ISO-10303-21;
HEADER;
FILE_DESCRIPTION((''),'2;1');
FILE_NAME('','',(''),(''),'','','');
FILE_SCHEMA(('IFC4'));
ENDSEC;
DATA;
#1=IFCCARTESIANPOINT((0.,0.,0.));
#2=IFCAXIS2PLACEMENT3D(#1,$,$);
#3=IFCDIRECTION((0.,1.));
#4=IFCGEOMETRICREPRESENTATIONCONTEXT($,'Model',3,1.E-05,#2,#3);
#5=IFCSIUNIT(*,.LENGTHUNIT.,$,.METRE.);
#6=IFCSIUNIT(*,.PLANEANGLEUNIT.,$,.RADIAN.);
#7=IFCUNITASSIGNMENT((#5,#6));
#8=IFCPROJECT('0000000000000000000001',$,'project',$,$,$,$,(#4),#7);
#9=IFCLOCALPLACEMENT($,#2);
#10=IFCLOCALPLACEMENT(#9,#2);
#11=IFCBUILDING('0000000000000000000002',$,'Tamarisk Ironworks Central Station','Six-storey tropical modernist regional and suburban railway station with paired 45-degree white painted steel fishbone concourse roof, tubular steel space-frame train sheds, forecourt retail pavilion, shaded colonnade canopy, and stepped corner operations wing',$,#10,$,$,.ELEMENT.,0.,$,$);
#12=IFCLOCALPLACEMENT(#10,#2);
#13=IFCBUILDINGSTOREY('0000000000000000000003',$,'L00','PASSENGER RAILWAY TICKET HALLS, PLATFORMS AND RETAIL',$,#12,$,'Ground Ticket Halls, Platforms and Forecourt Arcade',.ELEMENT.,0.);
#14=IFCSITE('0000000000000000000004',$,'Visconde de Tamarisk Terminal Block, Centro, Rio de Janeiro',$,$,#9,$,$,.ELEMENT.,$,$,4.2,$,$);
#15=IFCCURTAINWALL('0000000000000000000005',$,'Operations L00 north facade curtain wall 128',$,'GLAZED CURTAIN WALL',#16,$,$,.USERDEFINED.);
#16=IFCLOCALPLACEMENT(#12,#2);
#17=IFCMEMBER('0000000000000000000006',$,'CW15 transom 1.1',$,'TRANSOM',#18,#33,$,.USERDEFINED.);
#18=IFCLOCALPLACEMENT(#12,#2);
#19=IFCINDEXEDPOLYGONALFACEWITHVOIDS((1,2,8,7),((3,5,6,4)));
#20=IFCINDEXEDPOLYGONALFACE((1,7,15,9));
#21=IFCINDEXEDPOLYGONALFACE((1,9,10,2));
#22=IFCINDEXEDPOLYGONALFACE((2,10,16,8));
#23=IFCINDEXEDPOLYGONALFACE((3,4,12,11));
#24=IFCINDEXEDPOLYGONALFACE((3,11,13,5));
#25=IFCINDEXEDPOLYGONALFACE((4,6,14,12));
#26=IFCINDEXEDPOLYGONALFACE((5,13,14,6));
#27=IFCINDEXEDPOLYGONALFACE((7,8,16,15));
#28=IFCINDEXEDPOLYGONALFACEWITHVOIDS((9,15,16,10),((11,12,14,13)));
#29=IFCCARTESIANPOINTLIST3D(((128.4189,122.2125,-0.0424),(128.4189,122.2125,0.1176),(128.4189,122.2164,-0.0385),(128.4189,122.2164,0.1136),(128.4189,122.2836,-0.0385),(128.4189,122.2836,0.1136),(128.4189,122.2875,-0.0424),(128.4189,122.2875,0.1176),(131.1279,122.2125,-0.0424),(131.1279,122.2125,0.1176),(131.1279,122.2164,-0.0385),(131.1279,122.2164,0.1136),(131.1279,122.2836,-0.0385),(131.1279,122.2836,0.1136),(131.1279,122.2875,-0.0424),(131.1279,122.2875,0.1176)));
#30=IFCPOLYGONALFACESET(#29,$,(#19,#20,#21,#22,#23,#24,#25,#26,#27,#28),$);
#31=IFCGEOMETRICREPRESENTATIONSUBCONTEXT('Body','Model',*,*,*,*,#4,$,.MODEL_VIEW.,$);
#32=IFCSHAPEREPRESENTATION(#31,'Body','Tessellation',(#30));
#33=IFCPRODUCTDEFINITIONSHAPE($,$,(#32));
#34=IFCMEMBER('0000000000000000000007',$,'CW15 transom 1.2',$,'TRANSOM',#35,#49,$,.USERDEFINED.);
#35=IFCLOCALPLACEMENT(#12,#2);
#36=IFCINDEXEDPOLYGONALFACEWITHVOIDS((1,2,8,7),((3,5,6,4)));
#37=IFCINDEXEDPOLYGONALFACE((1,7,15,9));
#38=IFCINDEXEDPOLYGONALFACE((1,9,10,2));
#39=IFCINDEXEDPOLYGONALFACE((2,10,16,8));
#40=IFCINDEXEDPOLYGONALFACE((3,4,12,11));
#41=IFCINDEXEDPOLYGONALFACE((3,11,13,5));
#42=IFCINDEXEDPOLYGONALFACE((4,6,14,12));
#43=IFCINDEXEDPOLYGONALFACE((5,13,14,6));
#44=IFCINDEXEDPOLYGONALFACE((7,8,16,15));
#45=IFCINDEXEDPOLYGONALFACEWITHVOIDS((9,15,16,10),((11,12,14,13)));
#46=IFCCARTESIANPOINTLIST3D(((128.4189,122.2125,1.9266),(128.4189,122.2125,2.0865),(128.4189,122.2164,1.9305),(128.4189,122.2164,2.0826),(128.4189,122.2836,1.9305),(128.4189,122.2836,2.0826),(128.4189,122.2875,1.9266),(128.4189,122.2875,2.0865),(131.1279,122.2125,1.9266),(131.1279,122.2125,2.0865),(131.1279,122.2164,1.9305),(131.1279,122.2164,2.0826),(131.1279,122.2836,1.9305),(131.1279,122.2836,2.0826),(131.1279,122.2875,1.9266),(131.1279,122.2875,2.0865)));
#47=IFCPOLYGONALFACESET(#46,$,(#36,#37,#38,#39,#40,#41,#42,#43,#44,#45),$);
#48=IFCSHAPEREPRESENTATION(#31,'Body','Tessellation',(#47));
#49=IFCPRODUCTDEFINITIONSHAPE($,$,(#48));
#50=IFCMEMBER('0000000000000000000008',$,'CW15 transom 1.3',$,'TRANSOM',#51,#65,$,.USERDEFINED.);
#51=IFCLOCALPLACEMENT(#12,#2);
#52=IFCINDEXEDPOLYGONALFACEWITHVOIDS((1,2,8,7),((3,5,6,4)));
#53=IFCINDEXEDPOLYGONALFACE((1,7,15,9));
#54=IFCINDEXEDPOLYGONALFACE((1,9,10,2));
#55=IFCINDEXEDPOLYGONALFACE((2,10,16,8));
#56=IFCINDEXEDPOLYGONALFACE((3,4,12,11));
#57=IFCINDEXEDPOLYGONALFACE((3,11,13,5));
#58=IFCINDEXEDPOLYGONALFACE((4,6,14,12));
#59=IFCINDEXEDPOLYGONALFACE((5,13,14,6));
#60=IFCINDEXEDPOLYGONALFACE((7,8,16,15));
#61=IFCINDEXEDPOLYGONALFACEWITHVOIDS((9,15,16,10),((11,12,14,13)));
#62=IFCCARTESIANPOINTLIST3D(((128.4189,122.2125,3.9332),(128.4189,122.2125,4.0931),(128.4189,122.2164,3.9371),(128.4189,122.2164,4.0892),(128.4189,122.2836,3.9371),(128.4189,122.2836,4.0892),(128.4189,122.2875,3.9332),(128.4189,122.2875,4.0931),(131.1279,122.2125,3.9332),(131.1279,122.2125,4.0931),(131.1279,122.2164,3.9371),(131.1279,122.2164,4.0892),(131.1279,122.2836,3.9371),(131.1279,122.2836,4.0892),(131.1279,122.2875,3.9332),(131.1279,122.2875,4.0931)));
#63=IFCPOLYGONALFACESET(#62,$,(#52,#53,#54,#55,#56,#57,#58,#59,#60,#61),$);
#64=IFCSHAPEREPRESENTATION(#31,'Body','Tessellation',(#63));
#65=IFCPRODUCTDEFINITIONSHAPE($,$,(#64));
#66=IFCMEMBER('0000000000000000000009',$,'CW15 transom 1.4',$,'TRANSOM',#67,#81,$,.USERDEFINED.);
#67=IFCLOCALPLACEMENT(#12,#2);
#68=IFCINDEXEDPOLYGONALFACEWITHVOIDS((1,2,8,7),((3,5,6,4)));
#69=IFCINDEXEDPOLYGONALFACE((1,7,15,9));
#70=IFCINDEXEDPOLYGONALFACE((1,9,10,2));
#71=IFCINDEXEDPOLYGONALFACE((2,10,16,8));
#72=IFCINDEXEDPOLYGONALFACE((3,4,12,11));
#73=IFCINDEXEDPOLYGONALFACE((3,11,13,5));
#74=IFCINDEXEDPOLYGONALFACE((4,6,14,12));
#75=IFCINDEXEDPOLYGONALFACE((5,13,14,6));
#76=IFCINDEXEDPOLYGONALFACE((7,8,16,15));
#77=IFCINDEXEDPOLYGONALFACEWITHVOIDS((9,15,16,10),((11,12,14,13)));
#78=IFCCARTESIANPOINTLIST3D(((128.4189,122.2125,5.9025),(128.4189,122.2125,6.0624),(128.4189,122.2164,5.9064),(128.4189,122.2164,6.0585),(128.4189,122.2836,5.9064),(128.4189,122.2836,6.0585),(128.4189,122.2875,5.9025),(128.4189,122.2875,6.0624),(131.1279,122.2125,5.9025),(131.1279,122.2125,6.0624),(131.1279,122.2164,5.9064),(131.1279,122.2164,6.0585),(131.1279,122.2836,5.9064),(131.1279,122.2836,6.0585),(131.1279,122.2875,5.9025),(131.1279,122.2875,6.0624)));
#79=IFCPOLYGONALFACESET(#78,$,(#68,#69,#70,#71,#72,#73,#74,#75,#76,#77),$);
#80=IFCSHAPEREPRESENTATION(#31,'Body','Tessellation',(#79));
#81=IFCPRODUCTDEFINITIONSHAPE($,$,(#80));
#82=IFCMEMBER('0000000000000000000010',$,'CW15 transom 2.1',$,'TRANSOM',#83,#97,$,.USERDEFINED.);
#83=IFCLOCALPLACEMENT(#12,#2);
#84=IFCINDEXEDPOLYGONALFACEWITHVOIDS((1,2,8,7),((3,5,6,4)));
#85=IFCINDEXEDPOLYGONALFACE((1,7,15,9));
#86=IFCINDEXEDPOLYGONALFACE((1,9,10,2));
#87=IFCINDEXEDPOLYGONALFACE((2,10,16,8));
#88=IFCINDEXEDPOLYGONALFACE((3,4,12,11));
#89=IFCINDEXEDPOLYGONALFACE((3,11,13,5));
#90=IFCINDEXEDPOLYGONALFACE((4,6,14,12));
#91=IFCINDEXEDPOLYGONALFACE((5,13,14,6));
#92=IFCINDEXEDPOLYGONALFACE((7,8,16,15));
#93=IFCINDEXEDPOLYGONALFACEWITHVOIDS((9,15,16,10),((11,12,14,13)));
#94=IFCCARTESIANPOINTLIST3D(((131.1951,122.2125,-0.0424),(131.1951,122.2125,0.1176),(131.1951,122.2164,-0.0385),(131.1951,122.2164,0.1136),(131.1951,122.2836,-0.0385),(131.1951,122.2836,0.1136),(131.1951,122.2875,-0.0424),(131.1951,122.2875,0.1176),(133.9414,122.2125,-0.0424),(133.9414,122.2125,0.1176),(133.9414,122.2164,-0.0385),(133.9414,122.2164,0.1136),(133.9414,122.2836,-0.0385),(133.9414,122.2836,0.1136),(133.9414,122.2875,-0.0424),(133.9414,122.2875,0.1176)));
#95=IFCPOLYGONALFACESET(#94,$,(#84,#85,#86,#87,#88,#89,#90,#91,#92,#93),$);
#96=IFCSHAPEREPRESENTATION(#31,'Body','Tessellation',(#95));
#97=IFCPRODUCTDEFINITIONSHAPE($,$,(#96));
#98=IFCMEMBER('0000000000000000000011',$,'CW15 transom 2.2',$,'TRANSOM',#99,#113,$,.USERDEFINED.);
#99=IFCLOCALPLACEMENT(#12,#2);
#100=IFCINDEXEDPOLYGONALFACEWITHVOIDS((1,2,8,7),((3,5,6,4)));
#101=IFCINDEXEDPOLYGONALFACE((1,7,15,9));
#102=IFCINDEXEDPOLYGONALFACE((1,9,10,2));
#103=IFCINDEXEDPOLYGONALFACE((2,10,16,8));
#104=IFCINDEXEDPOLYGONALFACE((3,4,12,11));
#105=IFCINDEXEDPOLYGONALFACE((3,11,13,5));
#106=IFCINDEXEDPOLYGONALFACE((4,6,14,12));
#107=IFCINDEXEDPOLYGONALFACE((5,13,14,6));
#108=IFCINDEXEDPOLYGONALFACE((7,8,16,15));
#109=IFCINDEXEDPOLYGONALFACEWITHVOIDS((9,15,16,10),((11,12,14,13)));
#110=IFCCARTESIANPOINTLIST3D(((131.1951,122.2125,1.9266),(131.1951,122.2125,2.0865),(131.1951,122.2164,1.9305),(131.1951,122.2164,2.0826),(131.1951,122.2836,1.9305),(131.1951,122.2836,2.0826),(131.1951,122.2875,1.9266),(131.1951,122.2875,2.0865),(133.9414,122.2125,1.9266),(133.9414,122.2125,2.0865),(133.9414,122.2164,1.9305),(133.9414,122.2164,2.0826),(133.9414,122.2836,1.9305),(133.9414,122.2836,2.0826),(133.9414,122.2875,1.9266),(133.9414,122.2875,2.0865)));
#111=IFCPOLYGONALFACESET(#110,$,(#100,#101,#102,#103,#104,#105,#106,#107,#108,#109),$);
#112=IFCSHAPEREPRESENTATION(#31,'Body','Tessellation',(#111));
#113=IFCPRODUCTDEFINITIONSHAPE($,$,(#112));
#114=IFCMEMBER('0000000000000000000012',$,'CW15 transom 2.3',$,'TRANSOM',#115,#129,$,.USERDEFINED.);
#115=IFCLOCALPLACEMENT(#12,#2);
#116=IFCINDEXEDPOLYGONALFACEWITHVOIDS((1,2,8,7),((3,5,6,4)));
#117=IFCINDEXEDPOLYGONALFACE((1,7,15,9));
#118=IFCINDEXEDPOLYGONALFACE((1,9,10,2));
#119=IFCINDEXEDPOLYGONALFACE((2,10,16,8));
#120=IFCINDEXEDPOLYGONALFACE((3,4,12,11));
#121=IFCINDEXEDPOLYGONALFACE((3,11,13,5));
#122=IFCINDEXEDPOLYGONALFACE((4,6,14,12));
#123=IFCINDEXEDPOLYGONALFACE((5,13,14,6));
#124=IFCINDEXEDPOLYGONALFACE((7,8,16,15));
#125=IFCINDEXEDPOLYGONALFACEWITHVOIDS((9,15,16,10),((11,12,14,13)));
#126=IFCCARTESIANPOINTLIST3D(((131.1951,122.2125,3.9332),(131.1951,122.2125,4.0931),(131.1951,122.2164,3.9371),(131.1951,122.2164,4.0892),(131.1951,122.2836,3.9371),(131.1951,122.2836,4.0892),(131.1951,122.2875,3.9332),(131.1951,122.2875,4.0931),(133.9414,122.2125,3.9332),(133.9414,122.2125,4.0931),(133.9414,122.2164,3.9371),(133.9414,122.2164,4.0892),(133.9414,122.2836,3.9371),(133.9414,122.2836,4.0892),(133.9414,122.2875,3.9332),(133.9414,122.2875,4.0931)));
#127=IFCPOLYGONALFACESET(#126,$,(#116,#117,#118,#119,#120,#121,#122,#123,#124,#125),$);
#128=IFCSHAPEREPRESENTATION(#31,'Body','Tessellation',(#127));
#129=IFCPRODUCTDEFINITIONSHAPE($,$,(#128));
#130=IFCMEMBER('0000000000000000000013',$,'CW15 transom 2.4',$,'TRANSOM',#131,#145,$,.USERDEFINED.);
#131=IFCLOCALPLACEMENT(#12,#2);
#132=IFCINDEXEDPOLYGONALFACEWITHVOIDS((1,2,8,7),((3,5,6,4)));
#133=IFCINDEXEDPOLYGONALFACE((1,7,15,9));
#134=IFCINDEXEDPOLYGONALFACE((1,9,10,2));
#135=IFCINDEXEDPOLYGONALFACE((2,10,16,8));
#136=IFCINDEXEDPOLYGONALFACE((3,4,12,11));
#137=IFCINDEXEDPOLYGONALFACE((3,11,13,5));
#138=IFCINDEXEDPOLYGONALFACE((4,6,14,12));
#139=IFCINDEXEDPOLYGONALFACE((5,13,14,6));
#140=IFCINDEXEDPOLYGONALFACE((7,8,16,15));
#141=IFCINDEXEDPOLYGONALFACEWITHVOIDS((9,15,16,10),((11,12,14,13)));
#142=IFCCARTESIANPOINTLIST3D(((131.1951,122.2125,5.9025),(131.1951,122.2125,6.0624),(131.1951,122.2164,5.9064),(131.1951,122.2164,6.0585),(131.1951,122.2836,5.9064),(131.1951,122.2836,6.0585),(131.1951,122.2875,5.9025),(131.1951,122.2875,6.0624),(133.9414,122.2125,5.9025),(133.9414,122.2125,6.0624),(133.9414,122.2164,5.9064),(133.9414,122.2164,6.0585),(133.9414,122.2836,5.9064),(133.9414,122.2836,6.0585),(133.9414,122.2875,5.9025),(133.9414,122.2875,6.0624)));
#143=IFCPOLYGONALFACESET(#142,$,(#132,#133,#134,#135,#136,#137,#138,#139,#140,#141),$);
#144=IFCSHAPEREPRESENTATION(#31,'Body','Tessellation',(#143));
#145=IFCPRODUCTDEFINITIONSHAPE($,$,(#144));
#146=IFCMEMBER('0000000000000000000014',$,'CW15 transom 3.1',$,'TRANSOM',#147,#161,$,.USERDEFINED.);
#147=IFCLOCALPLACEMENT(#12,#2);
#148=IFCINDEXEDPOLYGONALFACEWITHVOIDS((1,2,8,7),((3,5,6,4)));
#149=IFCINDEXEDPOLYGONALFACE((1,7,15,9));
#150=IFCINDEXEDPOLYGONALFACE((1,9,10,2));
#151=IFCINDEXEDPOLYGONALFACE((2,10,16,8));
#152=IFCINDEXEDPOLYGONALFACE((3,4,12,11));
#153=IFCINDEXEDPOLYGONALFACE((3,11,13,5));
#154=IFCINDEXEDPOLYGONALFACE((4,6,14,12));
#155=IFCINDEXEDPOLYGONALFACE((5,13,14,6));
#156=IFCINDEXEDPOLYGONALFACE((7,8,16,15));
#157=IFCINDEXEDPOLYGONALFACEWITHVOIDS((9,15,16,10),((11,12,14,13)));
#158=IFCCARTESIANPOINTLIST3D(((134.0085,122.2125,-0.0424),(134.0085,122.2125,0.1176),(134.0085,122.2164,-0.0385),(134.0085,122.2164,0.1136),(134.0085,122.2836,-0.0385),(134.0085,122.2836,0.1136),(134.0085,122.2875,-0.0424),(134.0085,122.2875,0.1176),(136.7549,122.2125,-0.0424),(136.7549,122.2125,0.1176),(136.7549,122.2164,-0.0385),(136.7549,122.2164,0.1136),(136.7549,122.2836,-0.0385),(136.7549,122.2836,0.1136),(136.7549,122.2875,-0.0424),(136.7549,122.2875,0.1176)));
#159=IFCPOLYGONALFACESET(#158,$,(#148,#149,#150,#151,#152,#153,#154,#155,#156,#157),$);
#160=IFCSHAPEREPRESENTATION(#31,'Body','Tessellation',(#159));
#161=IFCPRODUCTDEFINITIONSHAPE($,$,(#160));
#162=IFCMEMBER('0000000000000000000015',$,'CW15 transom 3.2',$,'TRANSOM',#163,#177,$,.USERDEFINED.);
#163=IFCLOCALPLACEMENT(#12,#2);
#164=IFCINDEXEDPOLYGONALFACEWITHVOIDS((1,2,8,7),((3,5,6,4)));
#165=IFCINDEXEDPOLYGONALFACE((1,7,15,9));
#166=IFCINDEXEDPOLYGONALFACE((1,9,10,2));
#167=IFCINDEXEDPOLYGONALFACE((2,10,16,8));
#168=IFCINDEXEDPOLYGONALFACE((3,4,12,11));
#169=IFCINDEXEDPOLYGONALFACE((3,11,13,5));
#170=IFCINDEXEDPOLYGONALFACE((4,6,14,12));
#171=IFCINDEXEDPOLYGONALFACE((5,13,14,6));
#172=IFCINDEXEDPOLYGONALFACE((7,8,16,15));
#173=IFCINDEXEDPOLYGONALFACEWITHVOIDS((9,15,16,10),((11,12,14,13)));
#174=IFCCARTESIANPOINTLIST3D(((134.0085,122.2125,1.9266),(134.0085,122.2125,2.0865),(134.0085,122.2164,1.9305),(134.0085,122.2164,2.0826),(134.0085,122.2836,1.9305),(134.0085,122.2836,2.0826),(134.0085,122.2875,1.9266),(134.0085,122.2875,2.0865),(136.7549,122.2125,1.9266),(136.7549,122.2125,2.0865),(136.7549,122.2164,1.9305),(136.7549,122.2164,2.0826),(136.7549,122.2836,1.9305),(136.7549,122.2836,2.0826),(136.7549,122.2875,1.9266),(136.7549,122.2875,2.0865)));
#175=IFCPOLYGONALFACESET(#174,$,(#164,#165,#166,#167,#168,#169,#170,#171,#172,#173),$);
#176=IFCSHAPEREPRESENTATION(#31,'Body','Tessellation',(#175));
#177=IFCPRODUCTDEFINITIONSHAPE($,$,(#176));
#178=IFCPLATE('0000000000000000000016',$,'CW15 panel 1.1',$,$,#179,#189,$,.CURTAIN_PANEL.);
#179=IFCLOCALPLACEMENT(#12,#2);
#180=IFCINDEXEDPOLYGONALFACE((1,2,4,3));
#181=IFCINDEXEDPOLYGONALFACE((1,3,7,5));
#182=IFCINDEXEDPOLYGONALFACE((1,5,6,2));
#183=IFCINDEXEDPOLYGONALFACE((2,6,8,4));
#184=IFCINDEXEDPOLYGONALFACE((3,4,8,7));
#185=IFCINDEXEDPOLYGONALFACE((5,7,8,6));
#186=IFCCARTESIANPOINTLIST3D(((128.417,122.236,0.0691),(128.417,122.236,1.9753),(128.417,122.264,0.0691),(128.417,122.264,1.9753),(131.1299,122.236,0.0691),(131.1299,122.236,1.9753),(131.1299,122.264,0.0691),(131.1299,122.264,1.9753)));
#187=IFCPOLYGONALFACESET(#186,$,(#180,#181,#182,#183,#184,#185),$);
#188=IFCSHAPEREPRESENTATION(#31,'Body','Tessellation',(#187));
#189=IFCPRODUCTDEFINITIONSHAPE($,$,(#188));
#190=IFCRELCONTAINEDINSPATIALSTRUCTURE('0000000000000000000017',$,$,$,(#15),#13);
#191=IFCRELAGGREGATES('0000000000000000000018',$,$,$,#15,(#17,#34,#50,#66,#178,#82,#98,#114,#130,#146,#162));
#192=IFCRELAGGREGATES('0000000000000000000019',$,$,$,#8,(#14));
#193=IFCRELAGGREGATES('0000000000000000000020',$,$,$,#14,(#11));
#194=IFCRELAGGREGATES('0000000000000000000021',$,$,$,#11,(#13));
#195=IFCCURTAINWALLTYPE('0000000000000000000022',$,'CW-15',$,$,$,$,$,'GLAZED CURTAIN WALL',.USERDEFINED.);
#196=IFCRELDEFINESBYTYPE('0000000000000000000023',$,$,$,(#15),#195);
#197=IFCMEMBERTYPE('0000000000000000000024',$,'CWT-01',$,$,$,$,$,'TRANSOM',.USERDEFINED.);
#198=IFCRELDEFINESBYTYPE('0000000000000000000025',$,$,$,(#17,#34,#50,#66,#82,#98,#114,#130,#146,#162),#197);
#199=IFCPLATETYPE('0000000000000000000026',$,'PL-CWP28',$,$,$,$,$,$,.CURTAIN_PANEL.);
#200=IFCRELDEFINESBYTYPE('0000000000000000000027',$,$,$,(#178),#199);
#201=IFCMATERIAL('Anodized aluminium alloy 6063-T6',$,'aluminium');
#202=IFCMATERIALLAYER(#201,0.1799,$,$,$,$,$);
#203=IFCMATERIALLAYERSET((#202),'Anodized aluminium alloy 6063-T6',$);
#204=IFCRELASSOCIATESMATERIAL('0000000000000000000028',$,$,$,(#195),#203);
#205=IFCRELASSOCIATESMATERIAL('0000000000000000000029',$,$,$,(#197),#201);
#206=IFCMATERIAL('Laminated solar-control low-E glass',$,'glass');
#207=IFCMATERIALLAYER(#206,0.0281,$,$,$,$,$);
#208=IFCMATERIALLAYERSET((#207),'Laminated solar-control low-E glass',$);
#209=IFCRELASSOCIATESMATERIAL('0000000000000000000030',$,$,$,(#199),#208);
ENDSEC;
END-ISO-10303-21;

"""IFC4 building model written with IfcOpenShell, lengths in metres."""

from ifc_helpers import new_model, si_unit, direction, frame, origin, origin_2d, place, context, subcontext, project, spatial, rectangle, hollow_rectangle, extrude, material, layer, layer_set, material_profile, profile_set, type_object, element, aggregate, save


model = new_model("IFC4")

# Units and contexts
model_context = context("Model", 3, precision=1e-05, world=origin(), true_north=direction((0.0, 1.0)))
body_context = subcontext(model_context, "Body", "Model", "MODEL_VIEW")
ifc_project = project(units=[si_unit("LENGTHUNIT", "METRE"), si_unit("PLANEANGLEUNIT", "RADIAN")], contexts=[model_context])

# Site, building, storey
site_placement = place(None, origin())
site = spatial("IfcSite", under=ifc_project, at=site_placement, Name="Visconde de Tamarisk Terminal Block, Centro, Rio de Janeiro", CompositionType="ELEMENT", RefElevation=4.2)
building_placement = place(site_placement, origin())
building = spatial("IfcBuilding", under=site, at=building_placement, Name="Tamarisk Ironworks Central Station", Description="Six-storey tropical modernist regional and suburban railway station with paired 45-degree white painted steel fishbone concourse roof, tubular steel space-frame train sheds, forecourt retail pavilion, shaded colonnade canopy, and stepped corner operations wing", CompositionType="ELEMENT", ElevationOfRefHeight=0.0)
storey_placement = place(building_placement, origin())
storey = spatial("IfcBuildingStorey", under=building, at=storey_placement, Name="L00", Description="PASSENGER RAILWAY TICKET HALLS, PLATFORMS AND RETAIL", LongName="Ground Ticket Halls, Platforms and Forecourt Arcade", CompositionType="ELEMENT", Elevation=0.0)

# Curtain wall, members, plate
ifc_material_1 = material(Name="Anodized aluminium alloy 6063-T6", Category="aluminium")
ifc_layer_1 = layer(ifc_material_1, 0.1799)
ifc_layer_set_1 = layer_set([ifc_layer_1], Name="Anodized aluminium alloy 6063-T6")
curtain_wall_type = type_object("IfcCurtainWallType", Name="CW-15", ElementType="GLAZED CURTAIN WALL", PredefinedType="USERDEFINED", material=ifc_layer_set_1)
curtain_wall_placement = place(storey_placement, origin())
curtain_wall = element("IfcCurtainWall", 1, at=curtain_wall_placement, inside=storey, type_object=curtain_wall_type, Name="Operations L00 north facade curtain wall 128", ObjectType="GLAZED CURTAIN WALL", PredefinedType="USERDEFINED")
ifc_material_profile_1 = material_profile(ifc_material_1, hollow_rectangle(XDim=0.075, YDim=0.1599, WallThickness=0.0039, at=origin_2d()), Name="ALUM 160x75")
ifc_profile_set_1 = profile_set([ifc_material_profile_1], Name="Anodized aluminium alloy 6063-T6")
member_type_1 = type_object("IfcMemberType", Name="CWT-01", ElementType="TRANSOM", PredefinedType="USERDEFINED", material=ifc_profile_set_1)
member_1_placement = place(storey_placement, frame((128.4189, 122.25, 0.0376), z_axis=(1.0, 0.0, 0.0), x_axis=(0.0, 1.0, 0.0)))
member_1 = element("IfcMember", 2, at=member_1_placement, type_object=member_type_1, Name="CW15 transom 1.1", ObjectType="TRANSOM", PredefinedType="USERDEFINED", context=body_context, shape_type="SweptSolid", body=[
    extrude(hollow_rectangle(XDim=0.075, YDim=0.1599, WallThickness=0.0039, at=origin_2d()), origin(), (0.0, 0.0, 1.0), 2.709),
])
member_2_placement = place(storey_placement, frame((128.4189, 122.25, 2.0066), z_axis=(1.0, 0.0, 0.0), x_axis=(0.0, 1.0, 0.0)))
member_2 = element("IfcMember", 3, at=member_2_placement, type_object=member_type_1, Name="CW15 transom 1.2", ObjectType="TRANSOM", PredefinedType="USERDEFINED", context=body_context, shape_type="SweptSolid", body=[
    extrude(hollow_rectangle(XDim=0.075, YDim=0.1599, WallThickness=0.0039, at=origin_2d()), origin(), (0.0, 0.0, 1.0), 2.709),
])
member_3_placement = place(storey_placement, frame((128.4189, 122.25, 4.0132), z_axis=(1.0, 0.0, 0.0), x_axis=(0.0, 1.0, 0.0)))
member_3 = element("IfcMember", 4, at=member_3_placement, type_object=member_type_1, Name="CW15 transom 1.3", ObjectType="TRANSOM", PredefinedType="USERDEFINED", context=body_context, shape_type="SweptSolid", body=[
    extrude(hollow_rectangle(XDim=0.075, YDim=0.1599, WallThickness=0.0039, at=origin_2d()), origin(), (0.0, 0.0, 1.0), 2.709),
])
member_4_placement = place(storey_placement, frame((128.4189, 122.25, 5.9824), z_axis=(1.0, 0.0, 0.0), x_axis=(0.0, 1.0, 0.0)))
member_4 = element("IfcMember", 5, at=member_4_placement, type_object=member_type_1, Name="CW15 transom 1.4", ObjectType="TRANSOM", PredefinedType="USERDEFINED", context=body_context, shape_type="SweptSolid", body=[
    extrude(hollow_rectangle(XDim=0.075, YDim=0.1599, WallThickness=0.0039, at=origin_2d()), origin(), (0.0, 0.0, 1.0), 2.709),
])
member_5_placement = place(storey_placement, frame((131.1951, 122.25, 0.0376), z_axis=(1.0, 0.0, 0.0), x_axis=(0.0, 1.0, 0.0)))
member_5 = element("IfcMember", 6, at=member_5_placement, type_object=member_type_1, Name="CW15 transom 2.1", ObjectType="TRANSOM", PredefinedType="USERDEFINED", context=body_context, shape_type="SweptSolid", body=[
    extrude(hollow_rectangle(XDim=0.075, YDim=0.1599, WallThickness=0.0039, at=origin_2d()), origin(), (0.0, 0.0, 1.0), 2.7463),
])
member_6_placement = place(storey_placement, frame((131.1951, 122.25, 2.0066), z_axis=(1.0, 0.0, 0.0), x_axis=(0.0, 1.0, 0.0)))
member_6 = element("IfcMember", 7, at=member_6_placement, type_object=member_type_1, Name="CW15 transom 2.2", ObjectType="TRANSOM", PredefinedType="USERDEFINED", context=body_context, shape_type="SweptSolid", body=[
    extrude(hollow_rectangle(XDim=0.075, YDim=0.1599, WallThickness=0.0039, at=origin_2d()), origin(), (0.0, 0.0, 1.0), 2.7463),
])
member_7_placement = place(storey_placement, frame((131.1951, 122.25, 4.0132), z_axis=(1.0, 0.0, 0.0), x_axis=(0.0, 1.0, 0.0)))
member_7 = element("IfcMember", 8, at=member_7_placement, type_object=member_type_1, Name="CW15 transom 2.3", ObjectType="TRANSOM", PredefinedType="USERDEFINED", context=body_context, shape_type="SweptSolid", body=[
    extrude(hollow_rectangle(XDim=0.075, YDim=0.1599, WallThickness=0.0039, at=origin_2d()), origin(), (0.0, 0.0, 1.0), 2.7463),
])
member_8_placement = place(storey_placement, frame((131.1951, 122.25, 5.9824), z_axis=(1.0, 0.0, 0.0), x_axis=(0.0, 1.0, 0.0)))
member_8 = element("IfcMember", 9, at=member_8_placement, type_object=member_type_1, Name="CW15 transom 2.4", ObjectType="TRANSOM", PredefinedType="USERDEFINED", context=body_context, shape_type="SweptSolid", body=[
    extrude(hollow_rectangle(XDim=0.075, YDim=0.1599, WallThickness=0.0039, at=origin_2d()), origin(), (0.0, 0.0, 1.0), 2.7463),
])
member_9_placement = place(storey_placement, frame((134.0085, 122.25, 0.0376), z_axis=(1.0, 0.0, 0.0), x_axis=(0.0, 1.0, 0.0)))
member_9 = element("IfcMember", 10, at=member_9_placement, type_object=member_type_1, Name="CW15 transom 3.1", ObjectType="TRANSOM", PredefinedType="USERDEFINED", context=body_context, shape_type="SweptSolid", body=[
    extrude(hollow_rectangle(XDim=0.075, YDim=0.1599, WallThickness=0.0039, at=origin_2d()), origin(), (0.0, 0.0, 1.0), 2.7463),
])
member_10_placement = place(storey_placement, frame((134.0085, 122.25, 2.0066), z_axis=(1.0, 0.0, 0.0), x_axis=(0.0, 1.0, 0.0)))
member_10 = element("IfcMember", 11, at=member_10_placement, type_object=member_type_1, Name="CW15 transom 3.2", ObjectType="TRANSOM", PredefinedType="USERDEFINED", context=body_context, shape_type="SweptSolid", body=[
    extrude(hollow_rectangle(XDim=0.075, YDim=0.1599, WallThickness=0.0039, at=origin_2d()), origin(), (0.0, 0.0, 1.0), 2.7463),
])
ifc_material_2 = material(Name="Laminated solar-control low-E glass", Category="glass")
ifc_layer_2 = layer(ifc_material_2, 0.0281)
ifc_layer_set_2 = layer_set([ifc_layer_2], Name="Laminated solar-control low-E glass")
plate_type = type_object("IfcPlateType", Name="PL-CWP28", PredefinedType="CURTAIN_PANEL", material=ifc_layer_set_2)
plate_1_placement = place(storey_placement, frame((129.7734, 122.25, 0.0691), z_axis=(0.0, 0.0, 1.0), x_axis=(1.0, 0.0, 0.0)))
plate_1 = element("IfcPlate", 12, at=plate_1_placement, type_object=plate_type, Name="CW15 panel 1.1", PredefinedType="CURTAIN_PANEL", context=body_context, shape_type="SweptSolid", body=[
    extrude(rectangle(XDim=2.7129, YDim=0.0281, at=origin_2d()), origin(), (0.0, 0.0, 1.0), 1.9062),
])
aggregate(curtain_wall, [member_1, member_2, member_3, member_4, plate_1, member_5, member_6, member_7, member_8, member_9, member_10])

save(model, "model.ifc")
